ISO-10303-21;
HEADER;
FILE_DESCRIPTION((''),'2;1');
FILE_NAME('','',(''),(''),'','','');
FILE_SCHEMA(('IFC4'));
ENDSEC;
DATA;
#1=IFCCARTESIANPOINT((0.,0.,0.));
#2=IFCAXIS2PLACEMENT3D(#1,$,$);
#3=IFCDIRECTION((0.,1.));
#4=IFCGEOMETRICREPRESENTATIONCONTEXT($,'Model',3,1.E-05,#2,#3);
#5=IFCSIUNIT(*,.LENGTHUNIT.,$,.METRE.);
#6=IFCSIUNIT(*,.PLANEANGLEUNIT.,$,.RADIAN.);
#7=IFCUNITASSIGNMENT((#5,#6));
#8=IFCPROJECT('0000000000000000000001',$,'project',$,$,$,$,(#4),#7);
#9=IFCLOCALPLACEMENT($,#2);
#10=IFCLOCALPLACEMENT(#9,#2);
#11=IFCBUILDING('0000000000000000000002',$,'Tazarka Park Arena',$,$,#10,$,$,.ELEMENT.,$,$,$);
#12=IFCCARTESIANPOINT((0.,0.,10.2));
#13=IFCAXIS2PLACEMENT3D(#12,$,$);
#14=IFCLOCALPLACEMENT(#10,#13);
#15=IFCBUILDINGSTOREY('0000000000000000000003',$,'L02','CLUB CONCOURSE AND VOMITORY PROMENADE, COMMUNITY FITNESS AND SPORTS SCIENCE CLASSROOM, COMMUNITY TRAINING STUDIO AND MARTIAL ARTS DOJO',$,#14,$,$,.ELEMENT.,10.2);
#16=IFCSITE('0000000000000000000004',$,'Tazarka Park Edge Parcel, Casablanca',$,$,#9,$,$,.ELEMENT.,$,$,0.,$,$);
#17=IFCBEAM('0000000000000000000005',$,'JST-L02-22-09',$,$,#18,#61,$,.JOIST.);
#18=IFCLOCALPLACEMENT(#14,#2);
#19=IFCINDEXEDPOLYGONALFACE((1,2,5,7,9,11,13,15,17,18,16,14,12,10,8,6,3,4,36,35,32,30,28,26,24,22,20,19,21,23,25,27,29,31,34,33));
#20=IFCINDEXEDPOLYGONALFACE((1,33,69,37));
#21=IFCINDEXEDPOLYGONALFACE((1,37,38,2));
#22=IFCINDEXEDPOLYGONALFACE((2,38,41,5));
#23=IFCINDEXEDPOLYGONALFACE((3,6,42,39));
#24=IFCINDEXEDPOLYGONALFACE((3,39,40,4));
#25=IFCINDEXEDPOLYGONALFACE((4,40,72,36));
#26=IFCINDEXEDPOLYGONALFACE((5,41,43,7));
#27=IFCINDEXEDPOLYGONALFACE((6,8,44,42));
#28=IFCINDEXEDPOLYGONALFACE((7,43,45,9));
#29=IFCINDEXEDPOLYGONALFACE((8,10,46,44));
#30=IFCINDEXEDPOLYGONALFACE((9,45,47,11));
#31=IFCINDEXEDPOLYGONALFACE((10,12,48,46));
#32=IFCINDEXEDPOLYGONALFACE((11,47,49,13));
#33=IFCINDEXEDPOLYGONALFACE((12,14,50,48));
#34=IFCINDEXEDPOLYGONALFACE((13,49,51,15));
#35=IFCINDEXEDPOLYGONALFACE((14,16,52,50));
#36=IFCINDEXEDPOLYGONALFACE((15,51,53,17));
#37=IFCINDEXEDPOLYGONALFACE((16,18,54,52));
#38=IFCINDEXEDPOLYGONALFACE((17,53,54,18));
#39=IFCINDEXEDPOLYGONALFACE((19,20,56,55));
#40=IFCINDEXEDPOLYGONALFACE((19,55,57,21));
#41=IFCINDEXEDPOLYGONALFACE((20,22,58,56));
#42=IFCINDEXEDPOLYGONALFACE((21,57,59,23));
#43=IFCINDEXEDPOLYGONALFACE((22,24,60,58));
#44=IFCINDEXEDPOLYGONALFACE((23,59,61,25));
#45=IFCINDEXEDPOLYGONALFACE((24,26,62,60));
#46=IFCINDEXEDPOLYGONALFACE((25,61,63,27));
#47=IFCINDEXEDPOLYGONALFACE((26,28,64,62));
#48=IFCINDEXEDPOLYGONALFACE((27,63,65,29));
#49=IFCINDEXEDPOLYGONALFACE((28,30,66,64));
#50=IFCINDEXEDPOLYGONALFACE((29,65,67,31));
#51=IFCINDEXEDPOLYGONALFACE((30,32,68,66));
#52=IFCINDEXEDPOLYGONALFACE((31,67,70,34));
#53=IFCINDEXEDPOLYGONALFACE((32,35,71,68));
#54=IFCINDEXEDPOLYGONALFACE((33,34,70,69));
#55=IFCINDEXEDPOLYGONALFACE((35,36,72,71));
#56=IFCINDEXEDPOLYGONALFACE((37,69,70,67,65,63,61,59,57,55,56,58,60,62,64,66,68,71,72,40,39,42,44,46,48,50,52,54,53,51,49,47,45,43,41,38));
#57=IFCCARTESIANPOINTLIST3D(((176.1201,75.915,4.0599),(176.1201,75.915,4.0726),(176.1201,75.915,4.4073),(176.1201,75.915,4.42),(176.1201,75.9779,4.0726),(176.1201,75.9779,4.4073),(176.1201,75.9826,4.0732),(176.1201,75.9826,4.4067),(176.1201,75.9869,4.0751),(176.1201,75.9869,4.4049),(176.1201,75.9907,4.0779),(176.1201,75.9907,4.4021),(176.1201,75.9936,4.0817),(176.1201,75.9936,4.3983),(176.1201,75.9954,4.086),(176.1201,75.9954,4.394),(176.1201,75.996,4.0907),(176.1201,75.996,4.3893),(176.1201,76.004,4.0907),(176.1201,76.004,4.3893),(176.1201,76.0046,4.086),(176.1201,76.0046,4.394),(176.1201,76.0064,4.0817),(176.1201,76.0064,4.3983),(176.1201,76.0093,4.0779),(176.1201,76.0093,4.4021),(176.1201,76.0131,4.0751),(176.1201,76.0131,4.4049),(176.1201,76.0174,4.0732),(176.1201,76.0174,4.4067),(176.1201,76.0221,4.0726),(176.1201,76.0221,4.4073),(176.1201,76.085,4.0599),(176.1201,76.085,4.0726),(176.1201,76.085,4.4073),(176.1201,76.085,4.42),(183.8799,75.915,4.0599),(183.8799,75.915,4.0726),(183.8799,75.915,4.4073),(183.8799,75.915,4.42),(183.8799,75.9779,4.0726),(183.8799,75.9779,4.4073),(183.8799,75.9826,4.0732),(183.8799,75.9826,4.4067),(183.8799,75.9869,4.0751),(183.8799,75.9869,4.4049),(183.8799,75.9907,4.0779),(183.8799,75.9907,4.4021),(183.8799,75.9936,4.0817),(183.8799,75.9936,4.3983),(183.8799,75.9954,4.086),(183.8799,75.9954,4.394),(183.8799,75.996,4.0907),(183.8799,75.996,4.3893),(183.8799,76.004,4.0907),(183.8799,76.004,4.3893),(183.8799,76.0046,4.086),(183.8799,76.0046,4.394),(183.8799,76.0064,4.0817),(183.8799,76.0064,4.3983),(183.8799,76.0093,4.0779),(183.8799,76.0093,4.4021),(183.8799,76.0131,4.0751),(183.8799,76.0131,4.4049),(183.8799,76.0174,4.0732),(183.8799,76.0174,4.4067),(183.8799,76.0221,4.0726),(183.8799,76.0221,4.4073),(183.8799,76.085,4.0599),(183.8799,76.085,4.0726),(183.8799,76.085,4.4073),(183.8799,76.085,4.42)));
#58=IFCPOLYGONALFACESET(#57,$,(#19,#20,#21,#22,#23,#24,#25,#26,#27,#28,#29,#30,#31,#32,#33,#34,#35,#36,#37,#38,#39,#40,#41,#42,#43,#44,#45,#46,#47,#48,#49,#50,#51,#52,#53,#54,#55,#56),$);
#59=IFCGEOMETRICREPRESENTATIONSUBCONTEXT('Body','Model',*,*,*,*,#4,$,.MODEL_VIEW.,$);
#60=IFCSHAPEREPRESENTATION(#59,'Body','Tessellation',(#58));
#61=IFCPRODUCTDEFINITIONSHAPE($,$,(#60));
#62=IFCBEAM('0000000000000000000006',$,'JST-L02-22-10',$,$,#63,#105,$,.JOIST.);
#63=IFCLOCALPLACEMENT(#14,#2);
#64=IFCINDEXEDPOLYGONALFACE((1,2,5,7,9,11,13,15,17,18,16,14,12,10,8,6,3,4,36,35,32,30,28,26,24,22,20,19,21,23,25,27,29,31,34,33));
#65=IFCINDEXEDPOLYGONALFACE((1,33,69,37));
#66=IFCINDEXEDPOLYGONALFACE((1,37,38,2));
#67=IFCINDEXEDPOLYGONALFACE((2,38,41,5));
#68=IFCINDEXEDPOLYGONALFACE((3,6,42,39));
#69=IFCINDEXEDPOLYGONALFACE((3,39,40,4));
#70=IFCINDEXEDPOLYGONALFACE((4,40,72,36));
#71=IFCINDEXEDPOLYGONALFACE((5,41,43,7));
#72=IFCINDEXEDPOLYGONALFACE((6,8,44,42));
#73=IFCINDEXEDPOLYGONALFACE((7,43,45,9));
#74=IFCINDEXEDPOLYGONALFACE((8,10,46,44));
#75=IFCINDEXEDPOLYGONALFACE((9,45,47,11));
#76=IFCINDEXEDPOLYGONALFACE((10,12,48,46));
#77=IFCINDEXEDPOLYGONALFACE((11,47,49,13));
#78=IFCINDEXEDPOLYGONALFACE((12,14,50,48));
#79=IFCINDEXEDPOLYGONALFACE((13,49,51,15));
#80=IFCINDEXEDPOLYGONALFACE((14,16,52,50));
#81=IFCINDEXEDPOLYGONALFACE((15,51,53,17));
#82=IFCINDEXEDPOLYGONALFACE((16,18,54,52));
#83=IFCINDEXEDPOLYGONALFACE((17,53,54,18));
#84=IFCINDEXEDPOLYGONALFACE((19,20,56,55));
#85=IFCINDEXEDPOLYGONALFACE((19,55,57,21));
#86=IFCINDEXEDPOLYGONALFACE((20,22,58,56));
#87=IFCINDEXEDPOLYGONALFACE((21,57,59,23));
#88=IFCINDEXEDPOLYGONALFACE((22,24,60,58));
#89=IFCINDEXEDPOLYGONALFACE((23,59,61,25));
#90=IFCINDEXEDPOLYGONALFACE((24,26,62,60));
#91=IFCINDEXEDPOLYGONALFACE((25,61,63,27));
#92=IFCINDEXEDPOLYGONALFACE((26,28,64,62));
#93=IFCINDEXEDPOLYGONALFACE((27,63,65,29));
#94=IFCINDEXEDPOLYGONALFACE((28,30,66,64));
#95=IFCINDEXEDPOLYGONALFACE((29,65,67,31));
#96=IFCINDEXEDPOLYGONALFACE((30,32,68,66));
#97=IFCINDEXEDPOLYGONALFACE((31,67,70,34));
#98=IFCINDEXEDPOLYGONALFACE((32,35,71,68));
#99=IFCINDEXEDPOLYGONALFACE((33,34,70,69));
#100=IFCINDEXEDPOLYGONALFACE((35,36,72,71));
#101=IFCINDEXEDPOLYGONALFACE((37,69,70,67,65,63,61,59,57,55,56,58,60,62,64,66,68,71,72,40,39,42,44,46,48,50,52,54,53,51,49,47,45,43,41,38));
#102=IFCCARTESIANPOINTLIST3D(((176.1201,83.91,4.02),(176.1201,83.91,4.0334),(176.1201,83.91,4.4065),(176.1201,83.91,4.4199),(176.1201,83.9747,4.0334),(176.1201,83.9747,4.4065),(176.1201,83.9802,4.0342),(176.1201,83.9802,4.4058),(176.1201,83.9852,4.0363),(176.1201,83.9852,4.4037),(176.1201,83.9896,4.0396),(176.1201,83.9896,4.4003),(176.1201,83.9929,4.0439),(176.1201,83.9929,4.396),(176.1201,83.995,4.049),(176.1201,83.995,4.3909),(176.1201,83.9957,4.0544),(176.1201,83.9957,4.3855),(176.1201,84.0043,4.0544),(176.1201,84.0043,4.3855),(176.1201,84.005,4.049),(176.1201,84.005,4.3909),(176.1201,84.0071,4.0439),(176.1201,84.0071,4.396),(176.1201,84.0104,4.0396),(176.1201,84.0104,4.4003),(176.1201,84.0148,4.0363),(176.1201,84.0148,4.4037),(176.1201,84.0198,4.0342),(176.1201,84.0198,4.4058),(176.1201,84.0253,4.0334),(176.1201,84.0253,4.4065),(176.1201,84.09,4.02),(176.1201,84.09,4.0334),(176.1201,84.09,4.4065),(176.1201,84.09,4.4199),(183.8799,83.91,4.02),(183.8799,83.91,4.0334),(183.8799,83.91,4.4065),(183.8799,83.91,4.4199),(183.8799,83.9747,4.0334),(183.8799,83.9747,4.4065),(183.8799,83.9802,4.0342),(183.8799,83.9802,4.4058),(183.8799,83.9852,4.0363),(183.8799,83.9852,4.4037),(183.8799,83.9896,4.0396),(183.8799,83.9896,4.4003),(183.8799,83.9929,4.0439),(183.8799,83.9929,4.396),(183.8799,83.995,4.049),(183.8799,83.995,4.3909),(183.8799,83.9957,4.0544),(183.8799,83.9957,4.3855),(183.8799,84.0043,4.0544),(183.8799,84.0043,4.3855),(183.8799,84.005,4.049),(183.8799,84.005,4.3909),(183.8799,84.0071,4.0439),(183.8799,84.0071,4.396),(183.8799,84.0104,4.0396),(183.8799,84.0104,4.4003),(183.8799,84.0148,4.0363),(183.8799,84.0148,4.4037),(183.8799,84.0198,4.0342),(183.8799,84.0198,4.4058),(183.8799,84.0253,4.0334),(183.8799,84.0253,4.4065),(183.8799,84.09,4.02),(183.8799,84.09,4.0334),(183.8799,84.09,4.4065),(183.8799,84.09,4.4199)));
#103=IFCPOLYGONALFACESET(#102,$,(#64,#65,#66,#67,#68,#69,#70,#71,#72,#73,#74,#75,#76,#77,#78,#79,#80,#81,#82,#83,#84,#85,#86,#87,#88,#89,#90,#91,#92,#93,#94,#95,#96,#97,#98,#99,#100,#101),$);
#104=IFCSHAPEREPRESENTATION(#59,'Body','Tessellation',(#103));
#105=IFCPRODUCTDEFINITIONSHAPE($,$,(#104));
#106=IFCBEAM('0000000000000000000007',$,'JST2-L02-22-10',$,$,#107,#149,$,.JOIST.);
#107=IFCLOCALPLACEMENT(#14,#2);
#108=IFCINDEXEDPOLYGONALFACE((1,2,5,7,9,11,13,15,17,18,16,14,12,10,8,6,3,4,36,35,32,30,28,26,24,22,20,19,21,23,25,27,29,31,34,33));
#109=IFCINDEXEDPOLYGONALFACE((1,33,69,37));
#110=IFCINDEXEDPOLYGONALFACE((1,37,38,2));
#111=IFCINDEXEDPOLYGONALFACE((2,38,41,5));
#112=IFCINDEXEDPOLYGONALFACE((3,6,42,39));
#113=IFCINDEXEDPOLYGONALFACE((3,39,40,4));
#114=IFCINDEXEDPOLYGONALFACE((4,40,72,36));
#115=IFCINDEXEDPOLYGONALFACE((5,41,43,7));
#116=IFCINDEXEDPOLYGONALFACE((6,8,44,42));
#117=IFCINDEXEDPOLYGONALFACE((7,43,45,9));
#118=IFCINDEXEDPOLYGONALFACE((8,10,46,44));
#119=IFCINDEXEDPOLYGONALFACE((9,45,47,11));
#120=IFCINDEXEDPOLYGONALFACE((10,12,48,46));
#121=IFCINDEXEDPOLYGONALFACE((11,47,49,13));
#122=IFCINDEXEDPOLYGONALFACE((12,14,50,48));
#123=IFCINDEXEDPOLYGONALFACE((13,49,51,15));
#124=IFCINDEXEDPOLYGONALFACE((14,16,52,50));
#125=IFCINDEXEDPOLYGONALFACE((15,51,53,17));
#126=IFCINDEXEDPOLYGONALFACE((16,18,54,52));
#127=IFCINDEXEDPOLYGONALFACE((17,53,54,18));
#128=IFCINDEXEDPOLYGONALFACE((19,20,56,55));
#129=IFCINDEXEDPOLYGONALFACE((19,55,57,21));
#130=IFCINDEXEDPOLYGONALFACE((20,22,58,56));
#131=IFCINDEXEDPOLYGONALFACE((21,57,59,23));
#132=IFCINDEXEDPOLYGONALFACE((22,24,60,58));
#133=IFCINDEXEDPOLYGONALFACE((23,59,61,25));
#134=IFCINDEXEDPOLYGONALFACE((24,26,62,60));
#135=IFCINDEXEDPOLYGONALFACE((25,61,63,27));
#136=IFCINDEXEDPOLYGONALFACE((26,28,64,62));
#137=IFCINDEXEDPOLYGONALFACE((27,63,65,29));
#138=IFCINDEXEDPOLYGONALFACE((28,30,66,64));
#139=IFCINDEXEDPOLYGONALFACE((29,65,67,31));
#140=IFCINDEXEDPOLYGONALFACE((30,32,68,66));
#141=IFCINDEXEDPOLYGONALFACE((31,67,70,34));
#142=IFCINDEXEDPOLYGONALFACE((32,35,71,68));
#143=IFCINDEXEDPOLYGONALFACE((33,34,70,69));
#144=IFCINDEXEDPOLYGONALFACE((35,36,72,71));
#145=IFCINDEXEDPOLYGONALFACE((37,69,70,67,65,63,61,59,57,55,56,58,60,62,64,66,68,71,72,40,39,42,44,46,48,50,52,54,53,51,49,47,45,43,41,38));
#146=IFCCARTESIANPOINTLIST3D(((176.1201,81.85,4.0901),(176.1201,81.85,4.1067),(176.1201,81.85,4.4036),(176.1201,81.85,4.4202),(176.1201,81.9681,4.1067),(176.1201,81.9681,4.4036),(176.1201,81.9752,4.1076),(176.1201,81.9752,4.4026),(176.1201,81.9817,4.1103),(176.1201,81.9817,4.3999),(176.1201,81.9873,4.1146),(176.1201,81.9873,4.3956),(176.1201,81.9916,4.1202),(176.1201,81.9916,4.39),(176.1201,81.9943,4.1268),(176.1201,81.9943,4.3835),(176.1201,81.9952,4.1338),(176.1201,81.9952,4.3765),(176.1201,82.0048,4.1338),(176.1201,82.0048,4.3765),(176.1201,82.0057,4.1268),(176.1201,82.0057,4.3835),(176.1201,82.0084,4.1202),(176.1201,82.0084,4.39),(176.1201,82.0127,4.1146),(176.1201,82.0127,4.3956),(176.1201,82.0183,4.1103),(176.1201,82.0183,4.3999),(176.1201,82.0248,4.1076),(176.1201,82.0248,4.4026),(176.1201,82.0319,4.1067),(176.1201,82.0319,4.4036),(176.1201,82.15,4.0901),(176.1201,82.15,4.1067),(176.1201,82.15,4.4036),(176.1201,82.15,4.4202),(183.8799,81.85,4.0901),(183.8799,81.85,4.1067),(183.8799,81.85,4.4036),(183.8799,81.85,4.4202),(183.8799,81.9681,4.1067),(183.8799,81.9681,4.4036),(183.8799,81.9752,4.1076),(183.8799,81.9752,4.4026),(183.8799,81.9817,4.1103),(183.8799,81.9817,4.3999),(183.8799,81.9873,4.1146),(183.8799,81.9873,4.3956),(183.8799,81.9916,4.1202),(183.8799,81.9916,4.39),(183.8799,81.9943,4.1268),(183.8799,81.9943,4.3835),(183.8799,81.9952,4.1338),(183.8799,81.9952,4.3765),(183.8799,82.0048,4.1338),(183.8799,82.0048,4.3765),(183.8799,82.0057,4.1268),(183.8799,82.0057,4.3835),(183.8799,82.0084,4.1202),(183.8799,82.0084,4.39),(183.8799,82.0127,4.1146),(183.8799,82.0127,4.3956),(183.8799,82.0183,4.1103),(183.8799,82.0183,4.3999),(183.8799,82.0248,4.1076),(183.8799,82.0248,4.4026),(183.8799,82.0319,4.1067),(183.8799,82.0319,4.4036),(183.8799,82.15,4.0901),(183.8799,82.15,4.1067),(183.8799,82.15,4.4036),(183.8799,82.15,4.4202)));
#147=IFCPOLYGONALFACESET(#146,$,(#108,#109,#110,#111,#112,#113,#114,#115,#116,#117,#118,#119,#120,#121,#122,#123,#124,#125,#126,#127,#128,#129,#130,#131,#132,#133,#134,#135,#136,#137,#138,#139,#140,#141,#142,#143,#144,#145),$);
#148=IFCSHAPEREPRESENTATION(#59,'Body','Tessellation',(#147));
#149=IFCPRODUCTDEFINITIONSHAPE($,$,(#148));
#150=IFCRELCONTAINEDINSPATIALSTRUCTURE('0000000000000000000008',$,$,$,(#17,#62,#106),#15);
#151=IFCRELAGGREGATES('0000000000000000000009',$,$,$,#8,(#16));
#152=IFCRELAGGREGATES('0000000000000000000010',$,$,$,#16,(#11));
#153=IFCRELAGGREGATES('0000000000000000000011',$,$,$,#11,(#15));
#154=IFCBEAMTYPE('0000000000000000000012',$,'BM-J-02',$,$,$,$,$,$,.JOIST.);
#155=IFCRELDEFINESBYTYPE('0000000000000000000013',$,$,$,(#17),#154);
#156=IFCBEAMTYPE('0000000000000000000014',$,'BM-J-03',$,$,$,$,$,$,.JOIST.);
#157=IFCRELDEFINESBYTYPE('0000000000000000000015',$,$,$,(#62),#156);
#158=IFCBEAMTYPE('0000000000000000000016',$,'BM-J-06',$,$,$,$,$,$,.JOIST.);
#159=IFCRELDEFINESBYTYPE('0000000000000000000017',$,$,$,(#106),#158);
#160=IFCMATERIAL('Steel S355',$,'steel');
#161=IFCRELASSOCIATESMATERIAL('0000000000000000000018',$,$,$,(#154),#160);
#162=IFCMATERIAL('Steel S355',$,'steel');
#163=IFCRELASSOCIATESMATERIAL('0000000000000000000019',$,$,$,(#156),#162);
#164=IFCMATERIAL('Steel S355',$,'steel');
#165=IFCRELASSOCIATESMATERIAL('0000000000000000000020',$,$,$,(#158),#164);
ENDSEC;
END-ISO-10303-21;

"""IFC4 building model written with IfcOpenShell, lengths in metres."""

from ifc_helpers import new_model, si_unit, direction, frame, origin, origin_2d, place, context, subcontext, project, spatial, i_section, extrude, material, material_profile, profile_set, type_object, element, save


model = new_model("IFC4")

# Units and contexts
model_context = context("Model", 3, precision=1e-05, world=origin(), true_north=direction((0.0, 1.0)))
body_context = subcontext(model_context, "Body", "Model", "MODEL_VIEW")
ifc_project = project(units=[si_unit("LENGTHUNIT", "METRE"), si_unit("PLANEANGLEUNIT", "RADIAN")], contexts=[model_context])

# Site, building, storey
site_placement = place(None, origin())
site = spatial("IfcSite", under=ifc_project, at=site_placement, Name="Tazarka Park Edge Parcel, Casablanca", CompositionType="ELEMENT", RefElevation=0.0)
building_placement = place(site_placement, origin())
building = spatial("IfcBuilding", under=site, at=building_placement, Name="Tazarka Park Arena", CompositionType="ELEMENT")
storey_placement = place(building_placement, frame((0.0, 0.0, 10.2)))
storey = spatial("IfcBuildingStorey", under=building, at=storey_placement, Name="L02", Description="CLUB CONCOURSE AND VOMITORY PROMENADE, COMMUNITY FITNESS AND SPORTS SCIENCE CLASSROOM, COMMUNITY TRAINING STUDIO AND MARTIAL ARTS DOJO", CompositionType="ELEMENT", Elevation=10.2)

# Beams
ifc_material_1 = material(Name="Steel S355", Category="steel")
ifc_material_profile_1 = material_profile(ifc_material_1, i_section(OverallWidth=0.1699, OverallDepth=0.3601, WebThickness=0.0081, FlangeThickness=0.0127, FilletRadius=0.0181, at=origin_2d()), Name="Steel S355")
ifc_profile_set_1 = profile_set([ifc_material_profile_1], Name="Steel S355")
beam_type_1 = type_object("IfcBeamType", Name="BM-J-02", PredefinedType="JOIST", material=ifc_profile_set_1)
beam_1_placement = place(storey_placement, frame((176.1201, 76.0, 4.24), z_axis=(1.0, 0.0, 0.0), x_axis=(0.0, 1.0, 0.0)))
element("IfcBeam", 1, at=beam_1_placement, inside=storey, type_object=beam_type_1, Name="JST-L02-22-09", PredefinedType="JOIST", context=body_context, shape_type="SweptSolid", body=[
    extrude(i_section(OverallWidth=0.1699, OverallDepth=0.3601, WebThickness=0.0081, FlangeThickness=0.0127, FilletRadius=0.0181, at=origin_2d()), origin(), (0.0, 0.0, 1.0), 7.7598),
])
ifc_material_2 = material(Name="Steel S355", Category="steel")
ifc_material_profile_2 = material_profile(ifc_material_2, i_section(OverallWidth=0.1799, OverallDepth=0.3999, WebThickness=0.0085, FlangeThickness=0.0134, FilletRadius=0.021, at=origin_2d()), Name="Steel S355")
ifc_profile_set_2 = profile_set([ifc_material_profile_2], Name="Steel S355")
beam_type_2 = type_object("IfcBeamType", Name="BM-J-03", PredefinedType="JOIST", material=ifc_profile_set_2)
beam_2_placement = place(storey_placement, frame((176.1201, 84.0, 4.22), z_axis=(1.0, 0.0, 0.0), x_axis=(0.0, 1.0, 0.0)))
element("IfcBeam", 2, at=beam_2_placement, inside=storey, type_object=beam_type_2, Name="JST-L02-22-10", PredefinedType="JOIST", context=body_context, shape_type="SweptSolid", body=[
    extrude(i_section(OverallWidth=0.1799, OverallDepth=0.3999, WebThickness=0.0085, FlangeThickness=0.0134, FilletRadius=0.021, at=origin_2d()), origin(), (0.0, 0.0, 1.0), 7.7598),
])
ifc_material_3 = material(Name="Steel S355", Category="steel")
ifc_material_profile_3 = material_profile(ifc_material_3, i_section(OverallWidth=0.3, OverallDepth=0.3301, WebThickness=0.0095, FlangeThickness=0.0166, FilletRadius=0.0271, at=origin_2d()), Name="Steel S355")
ifc_profile_set_3 = profile_set([ifc_material_profile_3], Name="Steel S355")
beam_type_3 = type_object("IfcBeamType", Name="BM-J-06", PredefinedType="JOIST", material=ifc_profile_set_3)
beam_3_placement = place(storey_placement, frame((176.1201, 82.0, 4.2551), z_axis=(1.0, 0.0, 0.0), x_axis=(0.0, 1.0, 0.0)))
element("IfcBeam", 3, at=beam_3_placement, inside=storey, type_object=beam_type_3, Name="JST2-L02-22-10", PredefinedType="JOIST", context=body_context, shape_type="SweptSolid", body=[
    extrude(i_section(OverallWidth=0.3, OverallDepth=0.3301, WebThickness=0.0095, FlangeThickness=0.0166, FilletRadius=0.0271, at=origin_2d()), origin(), (0.0, 0.0, 1.0), 7.7598),
])

save(model, "model.ifc")
